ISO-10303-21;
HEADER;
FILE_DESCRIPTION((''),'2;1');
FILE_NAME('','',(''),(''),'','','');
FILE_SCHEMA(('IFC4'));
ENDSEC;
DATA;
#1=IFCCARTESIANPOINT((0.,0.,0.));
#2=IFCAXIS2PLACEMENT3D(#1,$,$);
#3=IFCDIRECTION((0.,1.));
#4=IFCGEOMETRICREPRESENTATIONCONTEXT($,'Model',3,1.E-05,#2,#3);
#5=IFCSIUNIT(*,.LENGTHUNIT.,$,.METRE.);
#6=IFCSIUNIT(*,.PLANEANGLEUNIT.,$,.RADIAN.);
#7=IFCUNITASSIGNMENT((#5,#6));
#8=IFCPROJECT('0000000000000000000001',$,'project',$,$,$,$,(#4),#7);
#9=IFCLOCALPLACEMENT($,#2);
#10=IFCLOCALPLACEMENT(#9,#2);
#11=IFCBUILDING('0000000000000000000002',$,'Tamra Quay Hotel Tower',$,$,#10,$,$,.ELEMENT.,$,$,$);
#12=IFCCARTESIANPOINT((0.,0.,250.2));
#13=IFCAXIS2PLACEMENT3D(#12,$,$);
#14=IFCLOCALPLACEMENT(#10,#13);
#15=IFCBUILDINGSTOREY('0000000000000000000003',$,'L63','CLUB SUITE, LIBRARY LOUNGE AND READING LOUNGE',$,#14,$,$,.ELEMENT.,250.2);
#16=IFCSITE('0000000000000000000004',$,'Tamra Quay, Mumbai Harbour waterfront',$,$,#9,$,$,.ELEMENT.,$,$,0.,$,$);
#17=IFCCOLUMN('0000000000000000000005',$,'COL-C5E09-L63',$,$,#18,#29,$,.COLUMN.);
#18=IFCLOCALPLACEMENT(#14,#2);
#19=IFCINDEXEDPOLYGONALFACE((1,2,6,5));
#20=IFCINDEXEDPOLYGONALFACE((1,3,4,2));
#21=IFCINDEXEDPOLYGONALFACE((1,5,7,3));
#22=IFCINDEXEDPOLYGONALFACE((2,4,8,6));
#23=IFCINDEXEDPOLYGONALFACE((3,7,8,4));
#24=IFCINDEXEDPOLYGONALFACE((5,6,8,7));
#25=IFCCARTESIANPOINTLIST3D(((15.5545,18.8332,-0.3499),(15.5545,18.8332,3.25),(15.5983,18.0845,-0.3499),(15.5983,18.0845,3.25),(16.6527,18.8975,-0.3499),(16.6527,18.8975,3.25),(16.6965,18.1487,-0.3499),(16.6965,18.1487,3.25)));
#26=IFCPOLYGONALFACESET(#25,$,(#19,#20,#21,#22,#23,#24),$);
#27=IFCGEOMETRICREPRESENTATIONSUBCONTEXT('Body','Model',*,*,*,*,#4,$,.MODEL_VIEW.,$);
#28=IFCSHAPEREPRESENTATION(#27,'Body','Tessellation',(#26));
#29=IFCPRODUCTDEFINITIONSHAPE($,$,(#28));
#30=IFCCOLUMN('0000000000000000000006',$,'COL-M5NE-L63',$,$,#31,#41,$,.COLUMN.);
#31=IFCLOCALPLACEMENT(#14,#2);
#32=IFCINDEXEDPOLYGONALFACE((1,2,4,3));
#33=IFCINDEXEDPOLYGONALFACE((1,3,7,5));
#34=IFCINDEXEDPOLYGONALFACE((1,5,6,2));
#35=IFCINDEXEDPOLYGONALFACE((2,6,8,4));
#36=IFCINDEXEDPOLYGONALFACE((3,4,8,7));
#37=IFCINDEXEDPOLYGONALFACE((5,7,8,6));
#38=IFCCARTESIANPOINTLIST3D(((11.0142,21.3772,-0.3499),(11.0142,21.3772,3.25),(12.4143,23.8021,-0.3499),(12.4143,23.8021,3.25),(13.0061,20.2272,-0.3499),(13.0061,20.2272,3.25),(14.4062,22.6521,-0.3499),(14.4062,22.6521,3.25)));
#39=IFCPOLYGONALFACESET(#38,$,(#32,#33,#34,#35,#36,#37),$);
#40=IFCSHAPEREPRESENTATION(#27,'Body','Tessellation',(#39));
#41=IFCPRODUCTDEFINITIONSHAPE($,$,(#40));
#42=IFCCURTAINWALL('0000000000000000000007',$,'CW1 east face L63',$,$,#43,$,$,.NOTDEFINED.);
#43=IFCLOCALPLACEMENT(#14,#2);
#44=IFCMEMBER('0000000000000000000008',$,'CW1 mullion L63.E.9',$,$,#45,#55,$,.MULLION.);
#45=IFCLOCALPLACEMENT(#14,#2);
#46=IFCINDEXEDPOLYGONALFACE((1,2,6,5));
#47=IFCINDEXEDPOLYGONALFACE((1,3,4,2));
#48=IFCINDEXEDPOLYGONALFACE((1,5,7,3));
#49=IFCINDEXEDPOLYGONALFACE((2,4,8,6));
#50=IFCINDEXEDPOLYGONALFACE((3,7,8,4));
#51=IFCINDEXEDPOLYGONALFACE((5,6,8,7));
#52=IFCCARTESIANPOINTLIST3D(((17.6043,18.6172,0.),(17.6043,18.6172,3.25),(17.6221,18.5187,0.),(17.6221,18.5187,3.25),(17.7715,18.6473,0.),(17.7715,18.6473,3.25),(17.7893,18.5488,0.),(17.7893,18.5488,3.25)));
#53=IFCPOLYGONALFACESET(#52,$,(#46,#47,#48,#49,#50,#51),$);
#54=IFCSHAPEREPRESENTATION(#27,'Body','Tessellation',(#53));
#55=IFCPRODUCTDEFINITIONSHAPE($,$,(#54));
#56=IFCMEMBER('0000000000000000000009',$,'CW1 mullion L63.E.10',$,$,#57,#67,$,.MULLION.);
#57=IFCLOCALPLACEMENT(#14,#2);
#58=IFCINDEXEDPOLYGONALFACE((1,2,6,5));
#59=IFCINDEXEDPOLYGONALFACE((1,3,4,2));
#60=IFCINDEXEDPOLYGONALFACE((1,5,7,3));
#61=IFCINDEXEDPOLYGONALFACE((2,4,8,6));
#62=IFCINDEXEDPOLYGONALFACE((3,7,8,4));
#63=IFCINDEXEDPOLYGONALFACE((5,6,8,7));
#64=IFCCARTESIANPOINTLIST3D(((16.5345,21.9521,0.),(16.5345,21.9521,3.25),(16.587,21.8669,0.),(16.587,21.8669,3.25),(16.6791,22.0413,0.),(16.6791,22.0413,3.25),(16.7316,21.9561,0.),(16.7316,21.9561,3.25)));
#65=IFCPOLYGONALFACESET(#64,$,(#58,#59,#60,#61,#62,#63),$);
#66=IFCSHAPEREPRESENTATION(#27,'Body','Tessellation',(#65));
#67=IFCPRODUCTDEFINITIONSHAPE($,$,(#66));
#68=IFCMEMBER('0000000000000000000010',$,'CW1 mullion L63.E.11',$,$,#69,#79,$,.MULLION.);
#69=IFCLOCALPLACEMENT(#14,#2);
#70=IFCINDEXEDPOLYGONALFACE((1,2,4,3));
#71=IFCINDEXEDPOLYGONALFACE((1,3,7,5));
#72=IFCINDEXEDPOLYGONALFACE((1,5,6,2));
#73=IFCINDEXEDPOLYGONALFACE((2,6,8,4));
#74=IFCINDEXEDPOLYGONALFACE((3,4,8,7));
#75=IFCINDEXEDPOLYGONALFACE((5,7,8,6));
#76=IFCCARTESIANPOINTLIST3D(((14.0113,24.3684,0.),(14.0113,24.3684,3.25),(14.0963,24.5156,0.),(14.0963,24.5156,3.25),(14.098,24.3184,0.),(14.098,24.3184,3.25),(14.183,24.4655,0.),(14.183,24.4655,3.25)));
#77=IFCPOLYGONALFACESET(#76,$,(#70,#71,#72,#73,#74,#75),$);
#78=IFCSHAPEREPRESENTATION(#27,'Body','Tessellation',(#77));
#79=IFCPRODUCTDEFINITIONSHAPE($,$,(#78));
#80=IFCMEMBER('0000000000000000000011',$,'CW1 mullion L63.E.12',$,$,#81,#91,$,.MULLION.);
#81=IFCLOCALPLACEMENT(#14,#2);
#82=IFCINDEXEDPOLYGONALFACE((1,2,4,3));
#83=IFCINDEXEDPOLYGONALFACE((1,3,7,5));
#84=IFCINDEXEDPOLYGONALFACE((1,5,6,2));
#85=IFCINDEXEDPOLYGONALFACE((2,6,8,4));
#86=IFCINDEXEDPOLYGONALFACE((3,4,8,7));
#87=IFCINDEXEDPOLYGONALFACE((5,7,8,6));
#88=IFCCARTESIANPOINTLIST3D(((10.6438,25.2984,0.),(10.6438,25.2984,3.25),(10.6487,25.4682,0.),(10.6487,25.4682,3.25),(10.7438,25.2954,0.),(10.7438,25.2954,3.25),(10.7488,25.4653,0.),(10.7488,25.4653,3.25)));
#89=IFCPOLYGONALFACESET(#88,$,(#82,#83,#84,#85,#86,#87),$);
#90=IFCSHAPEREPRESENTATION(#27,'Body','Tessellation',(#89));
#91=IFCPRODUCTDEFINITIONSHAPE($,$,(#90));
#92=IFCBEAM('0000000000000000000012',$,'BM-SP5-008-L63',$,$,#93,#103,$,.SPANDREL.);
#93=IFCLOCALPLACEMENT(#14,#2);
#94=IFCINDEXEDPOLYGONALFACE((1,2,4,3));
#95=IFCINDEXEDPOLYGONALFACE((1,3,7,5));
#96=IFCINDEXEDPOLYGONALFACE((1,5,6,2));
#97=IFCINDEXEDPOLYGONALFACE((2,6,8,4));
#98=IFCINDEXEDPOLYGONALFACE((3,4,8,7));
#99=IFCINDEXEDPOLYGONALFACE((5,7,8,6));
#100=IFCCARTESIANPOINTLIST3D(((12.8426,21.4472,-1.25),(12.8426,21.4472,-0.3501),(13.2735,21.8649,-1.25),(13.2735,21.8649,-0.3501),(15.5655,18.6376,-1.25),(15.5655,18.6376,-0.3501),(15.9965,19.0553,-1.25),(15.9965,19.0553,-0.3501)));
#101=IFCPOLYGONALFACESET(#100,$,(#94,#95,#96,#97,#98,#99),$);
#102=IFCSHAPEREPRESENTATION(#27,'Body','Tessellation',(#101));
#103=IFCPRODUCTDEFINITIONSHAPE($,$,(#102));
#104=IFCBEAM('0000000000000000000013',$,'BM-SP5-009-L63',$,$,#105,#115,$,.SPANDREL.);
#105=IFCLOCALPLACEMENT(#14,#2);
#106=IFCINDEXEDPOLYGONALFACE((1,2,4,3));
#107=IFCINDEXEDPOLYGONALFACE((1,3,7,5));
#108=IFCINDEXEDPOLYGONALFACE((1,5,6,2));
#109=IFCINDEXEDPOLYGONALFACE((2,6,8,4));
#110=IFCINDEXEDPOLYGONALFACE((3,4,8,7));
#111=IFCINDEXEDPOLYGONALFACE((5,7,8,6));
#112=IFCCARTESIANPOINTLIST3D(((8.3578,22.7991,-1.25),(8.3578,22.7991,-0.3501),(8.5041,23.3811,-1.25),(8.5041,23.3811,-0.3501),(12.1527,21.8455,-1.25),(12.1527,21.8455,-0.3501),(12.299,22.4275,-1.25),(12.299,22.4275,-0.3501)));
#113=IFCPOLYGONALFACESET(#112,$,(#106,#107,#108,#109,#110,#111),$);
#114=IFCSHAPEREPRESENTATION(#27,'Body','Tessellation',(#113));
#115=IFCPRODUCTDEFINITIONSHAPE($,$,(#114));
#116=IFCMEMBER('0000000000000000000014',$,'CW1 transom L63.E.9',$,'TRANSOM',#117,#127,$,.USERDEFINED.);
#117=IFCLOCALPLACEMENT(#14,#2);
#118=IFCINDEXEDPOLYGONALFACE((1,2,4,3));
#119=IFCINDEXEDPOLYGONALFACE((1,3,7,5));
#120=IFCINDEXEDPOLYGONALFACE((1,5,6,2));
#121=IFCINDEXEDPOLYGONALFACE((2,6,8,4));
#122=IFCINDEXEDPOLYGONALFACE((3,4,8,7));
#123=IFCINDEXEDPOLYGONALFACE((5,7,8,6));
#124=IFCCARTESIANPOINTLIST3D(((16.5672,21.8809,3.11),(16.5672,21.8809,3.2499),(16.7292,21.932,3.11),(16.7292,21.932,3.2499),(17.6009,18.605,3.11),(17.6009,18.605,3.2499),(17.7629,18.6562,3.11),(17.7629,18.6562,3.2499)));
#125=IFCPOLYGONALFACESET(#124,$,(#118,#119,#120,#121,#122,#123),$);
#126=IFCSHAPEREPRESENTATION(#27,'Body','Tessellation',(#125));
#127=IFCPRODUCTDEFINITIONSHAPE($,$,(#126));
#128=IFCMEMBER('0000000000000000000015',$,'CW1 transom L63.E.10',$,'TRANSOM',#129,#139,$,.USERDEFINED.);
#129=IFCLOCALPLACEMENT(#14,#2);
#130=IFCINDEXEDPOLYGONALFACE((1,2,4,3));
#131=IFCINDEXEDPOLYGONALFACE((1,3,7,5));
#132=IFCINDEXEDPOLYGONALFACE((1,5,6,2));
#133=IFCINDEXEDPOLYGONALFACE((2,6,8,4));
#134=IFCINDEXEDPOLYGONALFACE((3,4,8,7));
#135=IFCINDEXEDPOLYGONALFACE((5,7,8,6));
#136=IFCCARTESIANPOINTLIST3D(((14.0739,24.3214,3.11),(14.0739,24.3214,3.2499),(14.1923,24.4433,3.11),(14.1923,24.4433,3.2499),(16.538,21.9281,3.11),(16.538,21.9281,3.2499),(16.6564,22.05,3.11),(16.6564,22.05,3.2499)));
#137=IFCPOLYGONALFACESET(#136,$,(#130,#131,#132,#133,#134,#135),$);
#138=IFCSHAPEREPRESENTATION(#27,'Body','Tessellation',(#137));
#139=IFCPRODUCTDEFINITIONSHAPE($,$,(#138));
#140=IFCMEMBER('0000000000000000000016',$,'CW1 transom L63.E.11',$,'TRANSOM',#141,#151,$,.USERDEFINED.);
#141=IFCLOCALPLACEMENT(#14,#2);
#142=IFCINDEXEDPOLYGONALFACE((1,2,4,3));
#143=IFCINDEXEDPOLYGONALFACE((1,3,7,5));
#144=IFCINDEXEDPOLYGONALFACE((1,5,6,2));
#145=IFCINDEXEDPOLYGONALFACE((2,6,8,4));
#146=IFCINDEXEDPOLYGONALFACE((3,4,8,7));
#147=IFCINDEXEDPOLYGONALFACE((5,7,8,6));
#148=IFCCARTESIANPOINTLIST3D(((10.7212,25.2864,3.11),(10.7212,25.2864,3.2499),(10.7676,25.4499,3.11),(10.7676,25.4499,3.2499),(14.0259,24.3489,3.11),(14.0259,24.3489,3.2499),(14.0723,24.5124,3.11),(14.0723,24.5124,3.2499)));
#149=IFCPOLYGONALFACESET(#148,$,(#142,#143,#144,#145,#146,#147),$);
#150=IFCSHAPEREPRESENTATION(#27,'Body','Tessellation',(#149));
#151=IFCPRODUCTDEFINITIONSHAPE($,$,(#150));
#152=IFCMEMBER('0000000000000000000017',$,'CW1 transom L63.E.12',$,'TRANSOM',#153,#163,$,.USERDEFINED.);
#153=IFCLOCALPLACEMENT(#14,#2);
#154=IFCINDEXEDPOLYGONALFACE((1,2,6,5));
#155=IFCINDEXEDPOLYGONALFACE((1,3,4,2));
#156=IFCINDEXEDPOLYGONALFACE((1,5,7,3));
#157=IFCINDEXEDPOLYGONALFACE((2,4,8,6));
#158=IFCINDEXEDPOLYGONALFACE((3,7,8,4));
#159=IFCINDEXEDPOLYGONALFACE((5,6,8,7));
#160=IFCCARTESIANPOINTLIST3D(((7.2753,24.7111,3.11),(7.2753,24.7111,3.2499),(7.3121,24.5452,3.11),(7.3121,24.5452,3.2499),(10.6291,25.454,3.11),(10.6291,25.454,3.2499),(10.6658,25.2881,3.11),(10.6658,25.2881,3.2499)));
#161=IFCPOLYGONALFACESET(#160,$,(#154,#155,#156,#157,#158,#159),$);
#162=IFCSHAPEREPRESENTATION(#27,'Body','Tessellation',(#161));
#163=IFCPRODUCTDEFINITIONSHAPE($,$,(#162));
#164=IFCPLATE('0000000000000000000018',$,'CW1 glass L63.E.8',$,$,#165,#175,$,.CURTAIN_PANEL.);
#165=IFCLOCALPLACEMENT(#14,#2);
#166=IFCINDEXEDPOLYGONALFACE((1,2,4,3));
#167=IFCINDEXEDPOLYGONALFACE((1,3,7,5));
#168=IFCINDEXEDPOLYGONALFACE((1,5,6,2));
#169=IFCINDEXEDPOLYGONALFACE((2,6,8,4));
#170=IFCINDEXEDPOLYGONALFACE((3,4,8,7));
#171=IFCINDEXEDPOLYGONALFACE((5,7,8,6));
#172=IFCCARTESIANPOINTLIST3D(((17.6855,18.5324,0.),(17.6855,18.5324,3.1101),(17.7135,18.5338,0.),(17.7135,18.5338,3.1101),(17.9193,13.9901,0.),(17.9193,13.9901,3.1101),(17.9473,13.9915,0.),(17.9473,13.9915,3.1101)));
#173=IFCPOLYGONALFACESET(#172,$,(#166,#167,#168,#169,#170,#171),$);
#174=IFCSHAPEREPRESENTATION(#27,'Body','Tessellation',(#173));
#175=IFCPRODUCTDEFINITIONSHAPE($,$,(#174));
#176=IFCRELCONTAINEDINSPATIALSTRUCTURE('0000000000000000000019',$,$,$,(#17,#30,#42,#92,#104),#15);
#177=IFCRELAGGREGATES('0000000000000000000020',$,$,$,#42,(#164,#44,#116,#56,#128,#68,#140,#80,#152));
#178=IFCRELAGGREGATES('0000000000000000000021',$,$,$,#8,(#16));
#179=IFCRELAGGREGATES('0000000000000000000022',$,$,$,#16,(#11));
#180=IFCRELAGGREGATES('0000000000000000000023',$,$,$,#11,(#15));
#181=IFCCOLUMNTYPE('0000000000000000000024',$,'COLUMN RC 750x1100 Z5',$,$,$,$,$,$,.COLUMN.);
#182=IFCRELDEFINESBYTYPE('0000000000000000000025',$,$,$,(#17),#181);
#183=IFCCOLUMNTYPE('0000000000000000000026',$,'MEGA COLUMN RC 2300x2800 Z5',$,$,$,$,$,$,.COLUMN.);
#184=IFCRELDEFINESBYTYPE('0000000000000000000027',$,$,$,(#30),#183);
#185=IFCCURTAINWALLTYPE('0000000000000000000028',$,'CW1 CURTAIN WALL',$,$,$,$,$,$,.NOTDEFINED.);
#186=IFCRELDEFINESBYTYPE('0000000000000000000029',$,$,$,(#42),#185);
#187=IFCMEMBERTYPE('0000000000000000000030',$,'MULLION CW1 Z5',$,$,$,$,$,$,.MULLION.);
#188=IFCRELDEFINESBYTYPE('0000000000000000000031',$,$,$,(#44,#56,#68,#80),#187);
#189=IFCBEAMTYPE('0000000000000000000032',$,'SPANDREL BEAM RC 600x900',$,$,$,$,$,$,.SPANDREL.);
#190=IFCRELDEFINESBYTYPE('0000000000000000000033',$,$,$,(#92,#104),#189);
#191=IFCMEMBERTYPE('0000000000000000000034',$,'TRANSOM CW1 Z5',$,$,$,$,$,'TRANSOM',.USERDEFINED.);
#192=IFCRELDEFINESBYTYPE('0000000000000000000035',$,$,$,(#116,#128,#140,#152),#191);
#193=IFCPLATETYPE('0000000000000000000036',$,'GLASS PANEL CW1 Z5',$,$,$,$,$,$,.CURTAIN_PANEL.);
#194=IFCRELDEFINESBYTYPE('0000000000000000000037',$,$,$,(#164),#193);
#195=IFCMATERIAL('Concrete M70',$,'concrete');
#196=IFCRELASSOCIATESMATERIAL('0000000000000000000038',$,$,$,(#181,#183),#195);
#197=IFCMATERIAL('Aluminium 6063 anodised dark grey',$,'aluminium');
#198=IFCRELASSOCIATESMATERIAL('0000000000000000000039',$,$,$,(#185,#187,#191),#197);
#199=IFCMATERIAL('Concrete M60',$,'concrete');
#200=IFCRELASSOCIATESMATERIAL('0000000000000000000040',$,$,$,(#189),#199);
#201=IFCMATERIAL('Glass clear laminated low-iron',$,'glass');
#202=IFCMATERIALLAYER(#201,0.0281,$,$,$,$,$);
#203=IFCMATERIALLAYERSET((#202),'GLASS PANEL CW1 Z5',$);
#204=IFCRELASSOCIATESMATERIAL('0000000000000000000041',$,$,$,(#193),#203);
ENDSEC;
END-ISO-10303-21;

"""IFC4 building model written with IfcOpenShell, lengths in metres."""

from ifc_helpers import new_model, si_unit, direction, frame, origin, origin_2d, place, context, subcontext, project, spatial, rectangle, extrude, material, layer, layer_set, material_profile, profile_set, type_object, element, aggregate, save


model = new_model("IFC4")

# Units and contexts
model_context = context("Model", 3, precision=1e-05, world=origin(), true_north=direction((0.0, 1.0)))
body_context = subcontext(model_context, "Body", "Model", "MODEL_VIEW")
ifc_project = project(units=[si_unit("LENGTHUNIT", "METRE"), si_unit("PLANEANGLEUNIT", "RADIAN")], contexts=[model_context])

# Site, building, storey
site_placement = place(None, origin())
site = spatial("IfcSite", under=ifc_project, at=site_placement, Name="Tamra Quay, Mumbai Harbour waterfront", CompositionType="ELEMENT", RefElevation=0.0)
building_placement = place(site_placement, origin())
building = spatial("IfcBuilding", under=site, at=building_placement, Name="Tamra Quay Hotel Tower", CompositionType="ELEMENT")
storey_placement = place(building_placement, frame((0.0, 0.0, 250.2)))
storey = spatial("IfcBuildingStorey", under=building, at=storey_placement, Name="L63", Description="CLUB SUITE, LIBRARY LOUNGE AND READING LOUNGE", CompositionType="ELEMENT", Elevation=250.2)

# Columns
ifc_material_1 = material(Name="Concrete M70", Category="concrete")
ifc_material_profile_1 = material_profile(ifc_material_1, rectangle(XDim=1.1001, YDim=0.75, at=origin_2d()), Name="COLUMN RC 750x1100 Z5")
ifc_profile_set_1 = profile_set([ifc_material_profile_1], Name="Concrete M70")
column_type_1 = type_object("IfcColumnType", Name="COLUMN RC 750x1100 Z5", PredefinedType="COLUMN", material=ifc_profile_set_1)
column_1_placement = place(storey_placement, frame((16.1255, 18.491, -0.3499), z_axis=(0.0, 0.0, 1.0), x_axis=(0.998292, 0.05842, 0.0)))
element("IfcColumn", 1, at=column_1_placement, inside=storey, type_object=column_type_1, Name="COL-C5E09-L63", PredefinedType="COLUMN", context=body_context, shape_type="SweptSolid", body=[
    extrude(rectangle(XDim=1.1001, YDim=0.75, at=origin_2d()), origin(), (0.0, 0.0, 1.0), 3.5999),
])
ifc_material_profile_2 = material_profile(ifc_material_1, rectangle(XDim=2.8, YDim=2.3, at=origin_2d()), Name="MEGA COLUMN RC 2300x2800 Z5")
ifc_profile_set_2 = profile_set([ifc_material_profile_2], Name="Concrete M70")
column_type_2 = type_object("IfcColumnType", Name="MEGA COLUMN RC 2300x2800 Z5", PredefinedType="COLUMN", material=ifc_profile_set_2)
column_2_placement = place(storey_placement, frame((12.7102, 22.0146, -0.3499), z_axis=(0.0, 0.0, 1.0), x_axis=(0.5, 0.866025, 0.0)))
element("IfcColumn", 2, at=column_2_placement, inside=storey, type_object=column_type_2, Name="COL-M5NE-L63", PredefinedType="COLUMN", context=body_context, shape_type="SweptSolid", body=[
    extrude(rectangle(XDim=2.8, YDim=2.3, at=origin_2d()), origin(), (0.0, 0.0, 1.0), 3.5999),
])

# Curtain wall, members
ifc_material_2 = material(Name="Aluminium 6063 anodised dark grey", Category="aluminium")
curtain_wall_type = type_object("IfcCurtainWallType", Name="CW1 CURTAIN WALL", PredefinedType="NOTDEFINED", material=ifc_material_2)
curtain_wall_placement = place(storey_placement, origin())
curtain_wall = element("IfcCurtainWall", 3, at=curtain_wall_placement, inside=storey, type_object=curtain_wall_type, Name="CW1 east face L63", PredefinedType="NOTDEFINED")
ifc_material_profile_3 = material_profile(ifc_material_2, rectangle(XDim=0.1699, YDim=0.1001, at=origin_2d()), Name="MULLION 100X170")
ifc_profile_set_3 = profile_set([ifc_material_profile_3], Name="Aluminium 6063 anodised dark grey")
member_type_1 = type_object("IfcMemberType", Name="MULLION CW1 Z5", PredefinedType="MULLION", material=ifc_profile_set_3)
member_1_placement = place(storey_placement, frame((17.6968, 18.583, 0.0), z_axis=(0.0, 0.0, 1.0), x_axis=(0.984105, 0.177586, 0.0)))
member_1 = element("IfcMember", 4, at=member_1_placement, type_object=member_type_1, Name="CW1 mullion L63.E.9", PredefinedType="MULLION", context=body_context, shape_type="SweptSolid", body=[
    extrude(rectangle(XDim=0.1699, YDim=0.1001, at=origin_2d()), origin(), (0.0, 0.0, 1.0), 3.25),
])
member_2_placement = place(storey_placement, frame((16.6331, 21.9541, 0.0), z_axis=(0.0, 0.0, 1.0), x_axis=(0.851044, 0.525094, 0.0)))
member_2 = element("IfcMember", 5, at=member_2_placement, type_object=member_type_1, Name="CW1 mullion L63.E.10", PredefinedType="MULLION", context=body_context, shape_type="SweptSolid", body=[
    extrude(rectangle(XDim=0.1699, YDim=0.1001, at=origin_2d()), origin(), (0.0, 0.0, 1.0), 3.25),
])
member_3_placement = place(storey_placement, frame((14.0972, 24.417, 0.0), z_axis=(0.0, 0.0, 1.0), x_axis=(0.5, 0.866025, 0.0)))
member_3 = element("IfcMember", 6, at=member_3_placement, type_object=member_type_1, Name="CW1 mullion L63.E.11", PredefinedType="MULLION", context=body_context, shape_type="SweptSolid", body=[
    extrude(rectangle(XDim=0.1699, YDim=0.1001, at=origin_2d()), origin(), (0.0, 0.0, 1.0), 3.25),
])
member_4_placement = place(storey_placement, frame((10.6963, 25.3818, 0.0), z_axis=(0.0, 0.0, 1.0), x_axis=(0.029223, 0.999573, 0.0)))
member_4 = element("IfcMember", 7, at=member_4_placement, type_object=member_type_1, Name="CW1 mullion L63.E.12", PredefinedType="MULLION", context=body_context, shape_type="SweptSolid", body=[
    extrude(rectangle(XDim=0.1699, YDim=0.1001, at=origin_2d()), origin(), (0.0, 0.0, 1.0), 3.25),
])

# Beams
ifc_material_3 = material(Name="Concrete M60", Category="concrete")
ifc_material_profile_4 = material_profile(ifc_material_3, rectangle(XDim=0.6001, YDim=0.8999, at=origin_2d()), Name="SPANDREL BEAM RC 600x900")
ifc_profile_set_4 = profile_set([ifc_material_profile_4], Name="Concrete M60")
beam_type = type_object("IfcBeamType", Name="SPANDREL BEAM RC 600x900", PredefinedType="SPANDREL", material=ifc_profile_set_4)
beam_1_placement = place(storey_placement, frame((15.781, 18.8464, -0.8), z_axis=(-0.695944, 0.718096, 0.0), x_axis=(-0.718096, -0.695944, 0.0)))
element("IfcBeam", 8, at=beam_1_placement, inside=storey, type_object=beam_type, Name="BM-SP5-008-L63", PredefinedType="SPANDREL", context=body_context, shape_type="SweptSolid", body=[
    extrude(rectangle(XDim=0.6001, YDim=0.8999, at=origin_2d()), origin(), (0.0, 0.0, 1.0), 3.9126),
])
beam_2_placement = place(storey_placement, frame((12.2258, 22.1365, -0.8), z_axis=(-0.969848, 0.24371, 0.0), x_axis=(-0.24371, -0.969848, 0.0)))
element("IfcBeam", 9, at=beam_2_placement, inside=storey, type_object=beam_type, Name="BM-SP5-009-L63", PredefinedType="SPANDREL", context=body_context, shape_type="SweptSolid", body=[
    extrude(rectangle(XDim=0.6001, YDim=0.8999, at=origin_2d()), origin(), (0.0, 0.0, 1.0), 3.9128),
])

# Members
ifc_material_profile_5 = material_profile(ifc_material_2, rectangle(XDim=0.1699, YDim=0.1399, at=origin_2d()), Name="TRANSOM 170X140")
ifc_profile_set_5 = profile_set([ifc_material_profile_5], Name="Aluminium 6063 anodised dark grey")
member_type_2 = type_object("IfcMemberType", Name="TRANSOM CW1 Z5", ElementType="TRANSOM", PredefinedType="USERDEFINED", material=ifc_profile_set_5)
member_5_placement = place(storey_placement, frame((17.6819, 18.6306, 3.1799), z_axis=(-0.30092, 0.953649, 0.0), x_axis=(-0.953649, -0.30092, 0.0)))
member_5 = element("IfcMember", 10, at=member_5_placement, type_object=member_type_2, Name="CW1 transom L63.E.9", ObjectType="TRANSOM", PredefinedType="USERDEFINED", context=body_context, shape_type="SweptSolid", body=[
    extrude(rectangle(XDim=0.1699, YDim=0.1399, at=origin_2d()), origin(), (0.0, 0.0, 1.0), 3.4351),
])
member_6_placement = place(storey_placement, frame((16.5972, 21.989, 3.1799), z_axis=(-0.717337, 0.696726, 0.0), x_axis=(-0.696726, -0.717337, 0.0)))
member_6 = element("IfcMember", 11, at=member_6_placement, type_object=member_type_2, Name="CW1 transom L63.E.10", ObjectType="TRANSOM", PredefinedType="USERDEFINED", context=body_context, shape_type="SweptSolid", body=[
    extrude(rectangle(XDim=0.1699, YDim=0.1399, at=origin_2d()), origin(), (0.0, 0.0, 1.0), 3.4351),
])
member_7_placement = place(storey_placement, frame((14.0491, 24.4307, 3.1799), z_axis=(-0.962037, 0.272918, 0.0), x_axis=(-0.272918, -0.962037, 0.0)))
member_7 = element("IfcMember", 12, at=member_7_placement, type_object=member_type_2, Name="CW1 transom L63.E.11", ObjectType="TRANSOM", PredefinedType="USERDEFINED", context=body_context, shape_type="SweptSolid", body=[
    extrude(rectangle(XDim=0.1699, YDim=0.1399, at=origin_2d()), origin(), (0.0, 0.0, 1.0), 3.4351),
])
member_8_placement = place(storey_placement, frame((10.6475, 25.3711, 3.1799), z_axis=(-0.976332, -0.216276, 0.0), x_axis=(0.216276, -0.976332, 0.0)))
member_8 = element("IfcMember", 13, at=member_8_placement, type_object=member_type_2, Name="CW1 transom L63.E.12", ObjectType="TRANSOM", PredefinedType="USERDEFINED", context=body_context, shape_type="SweptSolid", body=[
    extrude(rectangle(XDim=0.1699, YDim=0.1399, at=origin_2d()), origin(), (0.0, 0.0, 1.0), 3.4351),
])

# Plate
ifc_material_4 = material(Name="Glass clear laminated low-iron", Category="glass")
ifc_layer_1 = layer(ifc_material_4, 0.0281)
ifc_layer_set_1 = layer_set([ifc_layer_1], Name="GLASS PANEL CW1 Z5")
plate_type = type_object("IfcPlateType", Name="GLASS PANEL CW1 Z5", PredefinedType="CURTAIN_PANEL", material=ifc_layer_set_1)
plate_1_placement = place(storey_placement, frame((17.8164, 16.262, 0.0), z_axis=(0.0, 0.0, 1.0), x_axis=(-0.051403, 0.998678, 0.0)))
plate_1 = element("IfcPlate", 14, at=plate_1_placement, type_object=plate_type, Name="CW1 glass L63.E.8", PredefinedType="CURTAIN_PANEL", context=body_context, shape_type="SweptSolid", body=[
    extrude(rectangle(XDim=4.5483, YDim=0.0281, at=origin_2d()), origin(), (0.0, 0.0, 1.0), 3.1101),
])
aggregate(curtain_wall, [plate_1, member_1, member_5, member_2, member_6, member_3, member_7, member_4, member_8])

save(model, "model.ifc")
